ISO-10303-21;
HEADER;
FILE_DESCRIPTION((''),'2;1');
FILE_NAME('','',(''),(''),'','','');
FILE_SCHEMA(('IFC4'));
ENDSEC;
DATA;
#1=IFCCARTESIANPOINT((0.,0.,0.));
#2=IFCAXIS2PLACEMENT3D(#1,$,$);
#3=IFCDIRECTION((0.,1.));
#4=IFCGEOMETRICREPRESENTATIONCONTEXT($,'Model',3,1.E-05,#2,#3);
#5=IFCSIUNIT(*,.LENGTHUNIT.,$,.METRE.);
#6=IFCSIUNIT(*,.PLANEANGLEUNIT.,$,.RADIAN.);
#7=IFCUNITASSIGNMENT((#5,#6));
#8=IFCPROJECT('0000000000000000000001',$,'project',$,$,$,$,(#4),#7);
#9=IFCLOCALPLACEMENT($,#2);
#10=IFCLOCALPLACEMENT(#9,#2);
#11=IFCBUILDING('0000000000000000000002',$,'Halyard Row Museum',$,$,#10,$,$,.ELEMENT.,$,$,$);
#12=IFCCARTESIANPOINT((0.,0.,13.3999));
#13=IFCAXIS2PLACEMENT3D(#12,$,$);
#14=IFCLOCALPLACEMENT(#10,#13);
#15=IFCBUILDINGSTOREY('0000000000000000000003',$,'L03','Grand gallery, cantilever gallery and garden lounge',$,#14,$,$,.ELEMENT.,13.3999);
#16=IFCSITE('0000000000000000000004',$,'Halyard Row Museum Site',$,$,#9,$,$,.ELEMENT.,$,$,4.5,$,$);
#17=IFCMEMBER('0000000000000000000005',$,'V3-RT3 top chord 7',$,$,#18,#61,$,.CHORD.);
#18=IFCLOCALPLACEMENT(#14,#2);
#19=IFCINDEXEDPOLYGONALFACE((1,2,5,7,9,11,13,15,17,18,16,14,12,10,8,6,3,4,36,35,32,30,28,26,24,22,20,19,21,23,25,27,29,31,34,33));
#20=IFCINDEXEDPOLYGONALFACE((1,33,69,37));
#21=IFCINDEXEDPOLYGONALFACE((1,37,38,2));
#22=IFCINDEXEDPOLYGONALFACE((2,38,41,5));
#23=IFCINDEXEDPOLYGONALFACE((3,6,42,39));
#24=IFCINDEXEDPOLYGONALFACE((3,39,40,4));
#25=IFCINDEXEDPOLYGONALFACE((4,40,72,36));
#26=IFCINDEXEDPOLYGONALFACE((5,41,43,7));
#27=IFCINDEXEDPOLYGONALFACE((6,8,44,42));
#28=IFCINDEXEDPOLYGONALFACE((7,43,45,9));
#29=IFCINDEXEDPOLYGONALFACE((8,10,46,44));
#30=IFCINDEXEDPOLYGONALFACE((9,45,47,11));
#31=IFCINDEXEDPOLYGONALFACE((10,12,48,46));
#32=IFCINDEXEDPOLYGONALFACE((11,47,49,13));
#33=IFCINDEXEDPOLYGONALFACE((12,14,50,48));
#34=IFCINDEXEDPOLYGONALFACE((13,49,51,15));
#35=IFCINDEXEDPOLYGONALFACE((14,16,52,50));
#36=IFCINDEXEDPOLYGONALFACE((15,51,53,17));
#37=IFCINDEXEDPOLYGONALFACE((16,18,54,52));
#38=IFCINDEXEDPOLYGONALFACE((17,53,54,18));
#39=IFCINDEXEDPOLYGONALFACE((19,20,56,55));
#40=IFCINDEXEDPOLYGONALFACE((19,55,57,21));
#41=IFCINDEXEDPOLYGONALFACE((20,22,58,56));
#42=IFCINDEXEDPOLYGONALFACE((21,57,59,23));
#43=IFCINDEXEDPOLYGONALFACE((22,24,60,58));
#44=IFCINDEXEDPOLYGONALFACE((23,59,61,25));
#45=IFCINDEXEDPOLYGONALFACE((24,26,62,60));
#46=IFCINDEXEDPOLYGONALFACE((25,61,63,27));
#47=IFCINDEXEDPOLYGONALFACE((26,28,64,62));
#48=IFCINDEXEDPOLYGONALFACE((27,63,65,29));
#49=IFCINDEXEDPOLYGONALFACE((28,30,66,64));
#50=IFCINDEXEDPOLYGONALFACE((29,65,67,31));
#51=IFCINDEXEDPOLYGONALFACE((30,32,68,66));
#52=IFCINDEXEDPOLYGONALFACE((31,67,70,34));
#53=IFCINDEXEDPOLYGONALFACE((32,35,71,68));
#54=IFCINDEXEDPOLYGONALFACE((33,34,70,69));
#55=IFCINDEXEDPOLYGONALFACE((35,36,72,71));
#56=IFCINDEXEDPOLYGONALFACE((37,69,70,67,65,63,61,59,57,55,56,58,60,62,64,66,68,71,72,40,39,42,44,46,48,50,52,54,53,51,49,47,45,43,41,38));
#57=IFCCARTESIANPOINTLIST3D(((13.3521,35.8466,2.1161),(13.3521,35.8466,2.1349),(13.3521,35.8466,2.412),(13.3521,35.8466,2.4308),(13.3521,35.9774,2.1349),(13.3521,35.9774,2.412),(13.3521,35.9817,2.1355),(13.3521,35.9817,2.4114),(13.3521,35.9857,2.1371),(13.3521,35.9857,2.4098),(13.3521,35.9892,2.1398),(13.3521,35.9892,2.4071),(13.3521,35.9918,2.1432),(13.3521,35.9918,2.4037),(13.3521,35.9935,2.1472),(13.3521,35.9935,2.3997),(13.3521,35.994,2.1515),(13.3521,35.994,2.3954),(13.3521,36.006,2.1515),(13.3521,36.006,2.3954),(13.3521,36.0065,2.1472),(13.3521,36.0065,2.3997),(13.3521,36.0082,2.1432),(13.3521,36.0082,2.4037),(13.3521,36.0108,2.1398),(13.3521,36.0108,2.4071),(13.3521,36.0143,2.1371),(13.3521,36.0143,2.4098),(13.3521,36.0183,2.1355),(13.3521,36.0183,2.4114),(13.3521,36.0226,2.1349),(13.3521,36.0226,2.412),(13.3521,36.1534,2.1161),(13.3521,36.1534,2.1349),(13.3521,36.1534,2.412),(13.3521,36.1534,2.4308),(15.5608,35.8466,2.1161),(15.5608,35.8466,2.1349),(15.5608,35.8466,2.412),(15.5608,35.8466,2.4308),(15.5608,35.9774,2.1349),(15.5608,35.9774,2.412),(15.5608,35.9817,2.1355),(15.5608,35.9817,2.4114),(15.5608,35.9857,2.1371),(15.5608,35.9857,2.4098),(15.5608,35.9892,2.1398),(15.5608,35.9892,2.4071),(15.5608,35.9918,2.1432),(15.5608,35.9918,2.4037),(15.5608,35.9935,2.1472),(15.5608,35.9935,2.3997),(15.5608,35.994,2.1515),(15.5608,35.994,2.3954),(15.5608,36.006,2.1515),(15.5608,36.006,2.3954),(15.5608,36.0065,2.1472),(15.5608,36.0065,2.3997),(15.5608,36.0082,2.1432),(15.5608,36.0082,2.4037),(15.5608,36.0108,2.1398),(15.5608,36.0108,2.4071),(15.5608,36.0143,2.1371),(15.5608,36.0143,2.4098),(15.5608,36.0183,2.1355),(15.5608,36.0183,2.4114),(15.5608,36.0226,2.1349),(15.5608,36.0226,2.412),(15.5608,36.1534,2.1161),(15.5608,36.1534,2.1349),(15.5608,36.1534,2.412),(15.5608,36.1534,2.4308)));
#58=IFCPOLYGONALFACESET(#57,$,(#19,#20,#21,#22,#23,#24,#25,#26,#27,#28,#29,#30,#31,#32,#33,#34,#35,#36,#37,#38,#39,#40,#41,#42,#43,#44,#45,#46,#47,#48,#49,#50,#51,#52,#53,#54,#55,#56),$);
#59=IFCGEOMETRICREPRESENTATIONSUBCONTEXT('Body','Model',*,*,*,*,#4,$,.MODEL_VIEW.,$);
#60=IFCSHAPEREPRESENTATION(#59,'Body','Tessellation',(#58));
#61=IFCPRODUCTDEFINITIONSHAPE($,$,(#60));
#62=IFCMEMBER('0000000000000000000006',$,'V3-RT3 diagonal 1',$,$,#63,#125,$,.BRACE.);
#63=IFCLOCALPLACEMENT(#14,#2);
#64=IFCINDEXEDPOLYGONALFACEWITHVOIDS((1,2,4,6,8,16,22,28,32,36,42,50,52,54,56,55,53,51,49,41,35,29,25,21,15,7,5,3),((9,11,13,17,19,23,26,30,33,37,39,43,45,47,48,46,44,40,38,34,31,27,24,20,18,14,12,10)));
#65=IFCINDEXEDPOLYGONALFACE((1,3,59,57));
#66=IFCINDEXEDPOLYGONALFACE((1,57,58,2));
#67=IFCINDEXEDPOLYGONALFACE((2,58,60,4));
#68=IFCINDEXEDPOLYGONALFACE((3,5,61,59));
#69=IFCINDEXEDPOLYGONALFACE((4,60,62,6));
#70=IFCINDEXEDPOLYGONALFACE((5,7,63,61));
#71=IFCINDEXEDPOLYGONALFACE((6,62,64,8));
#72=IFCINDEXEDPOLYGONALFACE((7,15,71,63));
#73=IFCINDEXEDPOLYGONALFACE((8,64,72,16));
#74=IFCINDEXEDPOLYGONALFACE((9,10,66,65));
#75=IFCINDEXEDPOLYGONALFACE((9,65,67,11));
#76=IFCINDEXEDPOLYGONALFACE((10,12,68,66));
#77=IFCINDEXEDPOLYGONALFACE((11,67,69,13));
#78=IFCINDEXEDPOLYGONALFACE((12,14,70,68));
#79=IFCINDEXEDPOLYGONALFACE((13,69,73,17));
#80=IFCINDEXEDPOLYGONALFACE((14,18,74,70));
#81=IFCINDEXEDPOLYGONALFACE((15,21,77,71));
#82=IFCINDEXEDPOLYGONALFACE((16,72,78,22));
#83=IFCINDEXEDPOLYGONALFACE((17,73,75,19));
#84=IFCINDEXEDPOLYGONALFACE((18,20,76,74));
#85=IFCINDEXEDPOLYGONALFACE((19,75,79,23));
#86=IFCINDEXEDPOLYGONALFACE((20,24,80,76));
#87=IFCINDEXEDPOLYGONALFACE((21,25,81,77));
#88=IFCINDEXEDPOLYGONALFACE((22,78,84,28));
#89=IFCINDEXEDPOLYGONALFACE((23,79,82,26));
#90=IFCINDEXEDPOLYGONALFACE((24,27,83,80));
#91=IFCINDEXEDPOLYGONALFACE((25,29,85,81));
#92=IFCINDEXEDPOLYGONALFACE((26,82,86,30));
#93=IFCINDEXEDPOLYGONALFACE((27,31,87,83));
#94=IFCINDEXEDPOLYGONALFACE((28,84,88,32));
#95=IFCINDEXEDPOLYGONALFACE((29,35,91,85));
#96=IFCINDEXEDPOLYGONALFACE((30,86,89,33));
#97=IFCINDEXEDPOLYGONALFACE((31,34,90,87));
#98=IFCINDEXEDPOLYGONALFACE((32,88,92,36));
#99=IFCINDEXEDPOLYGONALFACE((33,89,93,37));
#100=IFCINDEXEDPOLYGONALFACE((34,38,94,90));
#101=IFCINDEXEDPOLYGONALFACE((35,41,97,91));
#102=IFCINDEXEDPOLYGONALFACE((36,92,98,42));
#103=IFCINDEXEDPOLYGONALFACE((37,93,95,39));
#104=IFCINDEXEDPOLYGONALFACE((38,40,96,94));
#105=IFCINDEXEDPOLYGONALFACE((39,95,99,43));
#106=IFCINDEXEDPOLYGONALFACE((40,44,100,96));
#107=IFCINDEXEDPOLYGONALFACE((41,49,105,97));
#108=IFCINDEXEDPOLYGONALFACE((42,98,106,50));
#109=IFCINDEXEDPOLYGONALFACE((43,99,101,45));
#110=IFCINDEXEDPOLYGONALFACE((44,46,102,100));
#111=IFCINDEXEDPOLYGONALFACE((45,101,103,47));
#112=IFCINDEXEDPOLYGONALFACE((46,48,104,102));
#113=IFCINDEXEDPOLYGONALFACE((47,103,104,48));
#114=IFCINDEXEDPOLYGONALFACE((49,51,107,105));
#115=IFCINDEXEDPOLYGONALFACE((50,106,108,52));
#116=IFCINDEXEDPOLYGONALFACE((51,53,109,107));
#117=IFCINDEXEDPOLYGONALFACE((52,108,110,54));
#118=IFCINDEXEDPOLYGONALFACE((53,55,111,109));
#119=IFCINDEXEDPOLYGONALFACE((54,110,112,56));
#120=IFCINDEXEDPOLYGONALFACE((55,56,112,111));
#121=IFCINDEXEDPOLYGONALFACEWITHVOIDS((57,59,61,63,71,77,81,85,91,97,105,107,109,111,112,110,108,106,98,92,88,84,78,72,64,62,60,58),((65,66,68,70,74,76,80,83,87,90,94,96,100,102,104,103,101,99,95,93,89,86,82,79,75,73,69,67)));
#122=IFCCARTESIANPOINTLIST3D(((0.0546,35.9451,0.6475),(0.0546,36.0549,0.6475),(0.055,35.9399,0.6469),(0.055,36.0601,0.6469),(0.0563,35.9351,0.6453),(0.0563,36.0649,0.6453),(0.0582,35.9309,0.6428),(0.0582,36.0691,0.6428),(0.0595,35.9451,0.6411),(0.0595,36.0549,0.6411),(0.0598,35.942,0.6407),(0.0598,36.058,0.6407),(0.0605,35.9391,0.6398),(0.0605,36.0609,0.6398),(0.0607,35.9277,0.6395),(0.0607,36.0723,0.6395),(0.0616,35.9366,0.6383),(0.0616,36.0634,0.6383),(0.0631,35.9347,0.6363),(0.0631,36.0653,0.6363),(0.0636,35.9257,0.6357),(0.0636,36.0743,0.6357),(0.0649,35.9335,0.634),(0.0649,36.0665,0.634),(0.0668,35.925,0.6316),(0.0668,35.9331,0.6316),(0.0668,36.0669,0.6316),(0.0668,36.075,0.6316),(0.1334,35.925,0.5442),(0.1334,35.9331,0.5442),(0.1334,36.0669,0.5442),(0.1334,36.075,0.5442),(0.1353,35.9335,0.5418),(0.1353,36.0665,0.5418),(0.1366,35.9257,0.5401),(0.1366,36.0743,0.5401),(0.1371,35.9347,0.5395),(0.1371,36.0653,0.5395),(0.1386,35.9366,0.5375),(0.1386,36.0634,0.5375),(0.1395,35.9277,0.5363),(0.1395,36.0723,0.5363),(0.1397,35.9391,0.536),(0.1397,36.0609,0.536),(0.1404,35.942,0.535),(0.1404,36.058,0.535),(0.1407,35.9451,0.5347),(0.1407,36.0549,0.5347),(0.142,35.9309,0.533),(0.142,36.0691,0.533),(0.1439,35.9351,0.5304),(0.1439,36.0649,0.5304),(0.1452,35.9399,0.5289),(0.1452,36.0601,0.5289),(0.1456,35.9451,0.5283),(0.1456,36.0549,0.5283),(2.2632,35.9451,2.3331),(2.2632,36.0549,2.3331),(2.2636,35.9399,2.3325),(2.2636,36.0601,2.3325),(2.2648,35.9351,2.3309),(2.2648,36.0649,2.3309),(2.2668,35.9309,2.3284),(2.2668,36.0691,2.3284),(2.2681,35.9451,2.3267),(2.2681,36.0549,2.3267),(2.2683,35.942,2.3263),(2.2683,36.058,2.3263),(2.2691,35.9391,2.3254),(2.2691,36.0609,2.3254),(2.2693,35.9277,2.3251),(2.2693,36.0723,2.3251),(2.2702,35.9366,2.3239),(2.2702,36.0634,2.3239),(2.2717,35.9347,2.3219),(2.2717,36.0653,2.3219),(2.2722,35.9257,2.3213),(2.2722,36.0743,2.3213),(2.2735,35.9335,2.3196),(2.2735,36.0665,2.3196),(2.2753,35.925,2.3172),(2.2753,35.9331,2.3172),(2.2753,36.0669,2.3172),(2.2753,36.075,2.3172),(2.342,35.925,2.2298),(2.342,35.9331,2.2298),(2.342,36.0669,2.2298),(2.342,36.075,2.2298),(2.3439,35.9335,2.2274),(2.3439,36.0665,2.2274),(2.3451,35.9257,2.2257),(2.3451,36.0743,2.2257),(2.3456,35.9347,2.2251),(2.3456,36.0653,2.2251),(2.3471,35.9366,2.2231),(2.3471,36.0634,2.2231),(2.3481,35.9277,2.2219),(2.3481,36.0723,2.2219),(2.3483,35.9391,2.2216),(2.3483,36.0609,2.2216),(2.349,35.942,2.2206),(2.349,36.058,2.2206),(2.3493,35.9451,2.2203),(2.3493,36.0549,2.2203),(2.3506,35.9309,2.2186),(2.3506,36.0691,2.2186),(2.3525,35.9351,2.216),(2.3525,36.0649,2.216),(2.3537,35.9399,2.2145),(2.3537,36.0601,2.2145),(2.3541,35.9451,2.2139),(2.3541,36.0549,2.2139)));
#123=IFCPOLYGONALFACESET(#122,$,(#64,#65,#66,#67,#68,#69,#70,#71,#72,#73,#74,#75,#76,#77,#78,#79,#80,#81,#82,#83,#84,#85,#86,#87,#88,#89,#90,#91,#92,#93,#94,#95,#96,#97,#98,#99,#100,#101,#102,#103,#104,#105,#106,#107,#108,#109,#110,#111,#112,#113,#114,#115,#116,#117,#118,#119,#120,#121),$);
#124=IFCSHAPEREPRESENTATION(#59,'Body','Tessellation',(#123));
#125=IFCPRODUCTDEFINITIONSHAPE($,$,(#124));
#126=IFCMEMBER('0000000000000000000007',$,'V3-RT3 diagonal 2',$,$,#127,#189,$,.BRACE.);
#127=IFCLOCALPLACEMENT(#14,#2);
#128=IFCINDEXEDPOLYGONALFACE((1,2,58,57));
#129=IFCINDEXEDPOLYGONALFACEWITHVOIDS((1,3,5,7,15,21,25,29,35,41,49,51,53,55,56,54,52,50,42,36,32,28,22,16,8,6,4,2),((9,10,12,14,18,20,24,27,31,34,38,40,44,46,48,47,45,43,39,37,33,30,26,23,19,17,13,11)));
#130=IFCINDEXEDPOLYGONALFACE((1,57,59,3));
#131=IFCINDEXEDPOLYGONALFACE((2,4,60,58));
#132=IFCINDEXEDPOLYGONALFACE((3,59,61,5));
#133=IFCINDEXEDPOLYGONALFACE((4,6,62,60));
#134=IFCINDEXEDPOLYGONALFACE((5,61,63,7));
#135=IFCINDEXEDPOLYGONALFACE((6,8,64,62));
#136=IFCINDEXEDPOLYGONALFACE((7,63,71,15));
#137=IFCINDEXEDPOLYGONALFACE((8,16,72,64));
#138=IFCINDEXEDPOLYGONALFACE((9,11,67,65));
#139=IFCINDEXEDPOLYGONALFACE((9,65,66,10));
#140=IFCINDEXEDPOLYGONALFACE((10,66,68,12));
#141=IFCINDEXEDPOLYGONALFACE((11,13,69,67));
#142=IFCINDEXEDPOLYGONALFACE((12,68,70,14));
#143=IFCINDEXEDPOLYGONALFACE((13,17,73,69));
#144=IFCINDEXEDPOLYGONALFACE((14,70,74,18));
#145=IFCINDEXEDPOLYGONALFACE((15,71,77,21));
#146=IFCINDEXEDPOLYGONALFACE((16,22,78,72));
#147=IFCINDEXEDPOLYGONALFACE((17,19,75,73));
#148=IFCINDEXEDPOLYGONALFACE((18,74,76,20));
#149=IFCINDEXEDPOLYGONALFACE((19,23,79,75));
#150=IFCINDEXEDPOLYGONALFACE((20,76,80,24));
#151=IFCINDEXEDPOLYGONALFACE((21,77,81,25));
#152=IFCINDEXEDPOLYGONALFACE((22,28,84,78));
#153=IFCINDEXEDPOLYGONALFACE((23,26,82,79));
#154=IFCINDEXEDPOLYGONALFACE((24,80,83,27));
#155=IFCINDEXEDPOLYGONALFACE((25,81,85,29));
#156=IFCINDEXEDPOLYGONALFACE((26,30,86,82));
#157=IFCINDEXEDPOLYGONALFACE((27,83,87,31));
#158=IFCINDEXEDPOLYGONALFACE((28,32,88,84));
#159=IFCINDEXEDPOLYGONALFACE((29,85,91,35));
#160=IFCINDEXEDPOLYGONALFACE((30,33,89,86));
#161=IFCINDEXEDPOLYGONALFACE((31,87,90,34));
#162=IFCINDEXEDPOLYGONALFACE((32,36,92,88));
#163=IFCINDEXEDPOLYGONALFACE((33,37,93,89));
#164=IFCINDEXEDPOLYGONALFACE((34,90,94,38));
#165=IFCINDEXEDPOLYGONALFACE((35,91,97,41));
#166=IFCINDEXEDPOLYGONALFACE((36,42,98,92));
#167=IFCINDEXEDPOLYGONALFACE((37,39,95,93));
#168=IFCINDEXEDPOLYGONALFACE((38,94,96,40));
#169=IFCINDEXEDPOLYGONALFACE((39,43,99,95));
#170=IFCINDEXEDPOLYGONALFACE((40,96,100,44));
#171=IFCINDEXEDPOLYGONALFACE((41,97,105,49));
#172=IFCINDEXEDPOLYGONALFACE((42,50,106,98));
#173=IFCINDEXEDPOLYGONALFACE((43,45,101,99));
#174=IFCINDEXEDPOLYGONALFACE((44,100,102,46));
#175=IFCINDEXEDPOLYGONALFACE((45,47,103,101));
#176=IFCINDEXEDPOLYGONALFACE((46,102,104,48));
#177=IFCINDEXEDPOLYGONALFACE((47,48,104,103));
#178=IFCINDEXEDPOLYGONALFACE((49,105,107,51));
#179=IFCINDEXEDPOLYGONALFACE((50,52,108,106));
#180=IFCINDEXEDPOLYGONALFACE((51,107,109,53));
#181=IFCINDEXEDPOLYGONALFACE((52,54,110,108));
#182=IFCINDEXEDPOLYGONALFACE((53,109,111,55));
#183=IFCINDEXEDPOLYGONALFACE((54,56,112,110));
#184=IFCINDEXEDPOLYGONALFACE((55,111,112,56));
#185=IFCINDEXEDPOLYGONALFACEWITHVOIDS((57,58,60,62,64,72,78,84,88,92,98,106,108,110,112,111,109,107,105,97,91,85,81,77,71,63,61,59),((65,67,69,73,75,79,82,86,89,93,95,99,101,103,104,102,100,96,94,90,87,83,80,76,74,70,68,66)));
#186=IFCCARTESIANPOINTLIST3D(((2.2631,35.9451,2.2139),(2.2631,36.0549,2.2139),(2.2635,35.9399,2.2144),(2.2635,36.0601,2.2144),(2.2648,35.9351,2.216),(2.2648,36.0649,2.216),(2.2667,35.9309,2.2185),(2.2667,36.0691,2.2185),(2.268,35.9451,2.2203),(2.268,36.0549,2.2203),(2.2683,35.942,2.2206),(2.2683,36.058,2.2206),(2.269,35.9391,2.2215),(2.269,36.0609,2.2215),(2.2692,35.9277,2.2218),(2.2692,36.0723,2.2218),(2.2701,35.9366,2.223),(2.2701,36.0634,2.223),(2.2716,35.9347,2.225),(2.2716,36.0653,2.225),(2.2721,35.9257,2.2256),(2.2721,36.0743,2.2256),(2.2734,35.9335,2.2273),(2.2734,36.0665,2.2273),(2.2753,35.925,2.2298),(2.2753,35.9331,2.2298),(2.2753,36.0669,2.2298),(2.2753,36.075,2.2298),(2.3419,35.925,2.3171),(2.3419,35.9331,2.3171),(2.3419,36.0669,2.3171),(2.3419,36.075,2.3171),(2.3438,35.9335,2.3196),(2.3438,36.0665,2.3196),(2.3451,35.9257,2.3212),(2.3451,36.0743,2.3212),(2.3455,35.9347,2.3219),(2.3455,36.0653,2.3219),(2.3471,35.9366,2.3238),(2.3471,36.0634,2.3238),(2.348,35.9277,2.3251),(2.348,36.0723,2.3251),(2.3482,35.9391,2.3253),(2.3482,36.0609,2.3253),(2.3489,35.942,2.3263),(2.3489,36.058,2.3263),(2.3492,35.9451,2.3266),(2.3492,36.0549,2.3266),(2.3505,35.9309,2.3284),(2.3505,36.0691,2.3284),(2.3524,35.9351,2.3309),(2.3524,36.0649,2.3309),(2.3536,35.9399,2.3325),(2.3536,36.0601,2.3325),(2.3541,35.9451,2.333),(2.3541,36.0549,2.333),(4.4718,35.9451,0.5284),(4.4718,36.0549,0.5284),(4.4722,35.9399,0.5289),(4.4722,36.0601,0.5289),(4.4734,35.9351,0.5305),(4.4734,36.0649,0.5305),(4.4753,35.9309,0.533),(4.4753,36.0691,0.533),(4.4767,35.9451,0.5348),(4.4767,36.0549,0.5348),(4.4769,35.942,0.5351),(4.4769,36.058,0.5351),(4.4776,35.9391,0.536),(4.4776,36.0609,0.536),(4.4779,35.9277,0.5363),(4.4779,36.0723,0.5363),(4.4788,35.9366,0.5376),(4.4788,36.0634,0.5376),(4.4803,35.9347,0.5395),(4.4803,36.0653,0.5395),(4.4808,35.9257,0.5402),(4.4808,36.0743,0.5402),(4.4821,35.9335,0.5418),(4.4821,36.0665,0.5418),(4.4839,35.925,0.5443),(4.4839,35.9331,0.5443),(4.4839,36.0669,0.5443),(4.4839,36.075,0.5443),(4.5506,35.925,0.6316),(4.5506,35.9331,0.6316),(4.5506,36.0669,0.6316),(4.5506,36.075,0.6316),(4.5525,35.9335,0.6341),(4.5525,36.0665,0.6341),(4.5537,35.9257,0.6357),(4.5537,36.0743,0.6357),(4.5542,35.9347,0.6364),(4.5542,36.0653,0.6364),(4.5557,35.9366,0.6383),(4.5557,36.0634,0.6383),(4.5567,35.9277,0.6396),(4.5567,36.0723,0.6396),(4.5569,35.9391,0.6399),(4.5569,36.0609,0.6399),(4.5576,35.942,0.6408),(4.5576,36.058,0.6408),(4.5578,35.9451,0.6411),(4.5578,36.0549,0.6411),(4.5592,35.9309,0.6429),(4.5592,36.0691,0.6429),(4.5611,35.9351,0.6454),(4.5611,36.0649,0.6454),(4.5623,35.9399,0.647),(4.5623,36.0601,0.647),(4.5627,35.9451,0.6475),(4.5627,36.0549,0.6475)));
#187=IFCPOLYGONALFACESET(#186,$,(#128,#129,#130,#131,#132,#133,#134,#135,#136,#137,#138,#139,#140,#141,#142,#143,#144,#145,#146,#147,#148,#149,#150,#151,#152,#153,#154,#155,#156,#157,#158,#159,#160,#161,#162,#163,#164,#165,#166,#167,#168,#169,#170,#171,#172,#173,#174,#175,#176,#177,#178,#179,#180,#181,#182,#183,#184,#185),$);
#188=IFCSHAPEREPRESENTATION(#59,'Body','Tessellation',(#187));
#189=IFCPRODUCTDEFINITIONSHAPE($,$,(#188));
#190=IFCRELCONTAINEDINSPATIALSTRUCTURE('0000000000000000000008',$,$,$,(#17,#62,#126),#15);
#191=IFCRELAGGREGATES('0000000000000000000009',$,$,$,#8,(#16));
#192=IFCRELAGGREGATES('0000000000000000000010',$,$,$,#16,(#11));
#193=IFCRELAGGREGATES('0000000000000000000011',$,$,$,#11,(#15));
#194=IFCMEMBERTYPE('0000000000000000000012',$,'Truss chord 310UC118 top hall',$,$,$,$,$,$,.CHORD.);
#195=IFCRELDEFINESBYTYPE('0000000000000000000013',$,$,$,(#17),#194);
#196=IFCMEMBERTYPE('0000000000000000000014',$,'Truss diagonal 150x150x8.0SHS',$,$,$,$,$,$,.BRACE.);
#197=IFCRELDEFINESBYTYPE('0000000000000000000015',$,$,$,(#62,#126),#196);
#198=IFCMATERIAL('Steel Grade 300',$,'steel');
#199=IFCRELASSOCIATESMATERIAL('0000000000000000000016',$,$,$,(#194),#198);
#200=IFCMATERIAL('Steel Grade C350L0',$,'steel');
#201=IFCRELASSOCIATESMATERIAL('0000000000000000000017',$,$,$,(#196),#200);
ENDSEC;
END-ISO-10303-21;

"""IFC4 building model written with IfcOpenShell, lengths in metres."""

from ifc_helpers import new_model, si_unit, direction, frame, origin, origin_2d, place, context, subcontext, project, spatial, hollow_rectangle, i_section, extrude, material, material_profile, profile_set, type_object, element, save


model = new_model("IFC4")

# Units and contexts
model_context = context("Model", 3, precision=1e-05, world=origin(), true_north=direction((0.0, 1.0)))
body_context = subcontext(model_context, "Body", "Model", "MODEL_VIEW")
ifc_project = project(units=[si_unit("LENGTHUNIT", "METRE"), si_unit("PLANEANGLEUNIT", "RADIAN")], contexts=[model_context])

# Site, building, storey
site_placement = place(None, origin())
site = spatial("IfcSite", under=ifc_project, at=site_placement, Name="Halyard Row Museum Site", CompositionType="ELEMENT", RefElevation=4.5)
building_placement = place(site_placement, origin())
building = spatial("IfcBuilding", under=site, at=building_placement, Name="Halyard Row Museum", CompositionType="ELEMENT")
storey_placement = place(building_placement, frame((0.0, 0.0, 13.3999)))
storey = spatial("IfcBuildingStorey", under=building, at=storey_placement, Name="L03", Description="Grand gallery, cantilever gallery and garden lounge", CompositionType="ELEMENT", Elevation=13.3999)

# Members
ifc_material_1 = material(Name="Steel Grade 300", Category="steel")
ifc_material_profile_1 = material_profile(ifc_material_1, i_section(OverallWidth=0.3069, OverallDepth=0.3147, WebThickness=0.012, FlangeThickness=0.0188, FilletRadius=0.0166, at=origin_2d()), Name="310UC118")
ifc_profile_set_1 = profile_set([ifc_material_profile_1], Name="Steel Grade 300")
member_type_1 = type_object("IfcMemberType", Name="Truss chord 310UC118 top hall", PredefinedType="CHORD", material=ifc_profile_set_1)
member_1_placement = place(storey_placement, frame((13.3521, 36.0, 2.2734), z_axis=(1.0, 0.0, 0.0), x_axis=(0.0, 1.0, 0.0)))
element("IfcMember", 1, at=member_1_placement, inside=storey, type_object=member_type_1, Name="V3-RT3 top chord 7", PredefinedType="CHORD", context=body_context, shape_type="SweptSolid", body=[
    extrude(i_section(OverallWidth=0.3069, OverallDepth=0.3147, WebThickness=0.012, FlangeThickness=0.0188, FilletRadius=0.0166, at=origin_2d()), origin(), (0.0, 0.0, 1.0), 2.2087),
])
ifc_material_2 = material(Name="Steel Grade C350L0", Category="steel")
ifc_material_profile_2 = material_profile(ifc_material_2, hollow_rectangle(XDim=0.1499, YDim=0.1499, WallThickness=0.0081, InnerFilletRadius=0.012, OuterFilletRadius=0.02, at=origin_2d()), Name="150x150x8.0SHS")
ifc_profile_set_2 = profile_set([ifc_material_profile_2], Name="Steel Grade C350L0")
member_type_2 = type_object("IfcMemberType", Name="Truss diagonal 150x150x8.0SHS", PredefinedType="BRACE", material=ifc_profile_set_2)
for number, where, z_axis, x_axis, name in (
    (2, (0.1001, 36.0, 0.5879), (0.794931, 0.0, 0.6067), (0.0, 1.0, 0.0), "V3-RT3 diagonal 1"),
    (3, (2.3086, 36.0, 2.2734), (0.794964, 0.0, -0.606657), (0.0, 1.0, 0.0), "V3-RT3 diagonal 2"),
):
    element("IfcMember", number, at=place(storey_placement, frame(where, z_axis=z_axis, x_axis=x_axis)), inside=storey, type_object=member_type_2, Name=name, PredefinedType="BRACE", context=body_context, shape_type="SweptSolid", body=[
        extrude(hollow_rectangle(XDim=0.1499, YDim=0.1499, WallThickness=0.0081, InnerFilletRadius=0.012, OuterFilletRadius=0.02, at=origin_2d()), origin(), (0.0, 0.0, 1.0), 2.7783),
    ])

save(model, "model.ifc")
